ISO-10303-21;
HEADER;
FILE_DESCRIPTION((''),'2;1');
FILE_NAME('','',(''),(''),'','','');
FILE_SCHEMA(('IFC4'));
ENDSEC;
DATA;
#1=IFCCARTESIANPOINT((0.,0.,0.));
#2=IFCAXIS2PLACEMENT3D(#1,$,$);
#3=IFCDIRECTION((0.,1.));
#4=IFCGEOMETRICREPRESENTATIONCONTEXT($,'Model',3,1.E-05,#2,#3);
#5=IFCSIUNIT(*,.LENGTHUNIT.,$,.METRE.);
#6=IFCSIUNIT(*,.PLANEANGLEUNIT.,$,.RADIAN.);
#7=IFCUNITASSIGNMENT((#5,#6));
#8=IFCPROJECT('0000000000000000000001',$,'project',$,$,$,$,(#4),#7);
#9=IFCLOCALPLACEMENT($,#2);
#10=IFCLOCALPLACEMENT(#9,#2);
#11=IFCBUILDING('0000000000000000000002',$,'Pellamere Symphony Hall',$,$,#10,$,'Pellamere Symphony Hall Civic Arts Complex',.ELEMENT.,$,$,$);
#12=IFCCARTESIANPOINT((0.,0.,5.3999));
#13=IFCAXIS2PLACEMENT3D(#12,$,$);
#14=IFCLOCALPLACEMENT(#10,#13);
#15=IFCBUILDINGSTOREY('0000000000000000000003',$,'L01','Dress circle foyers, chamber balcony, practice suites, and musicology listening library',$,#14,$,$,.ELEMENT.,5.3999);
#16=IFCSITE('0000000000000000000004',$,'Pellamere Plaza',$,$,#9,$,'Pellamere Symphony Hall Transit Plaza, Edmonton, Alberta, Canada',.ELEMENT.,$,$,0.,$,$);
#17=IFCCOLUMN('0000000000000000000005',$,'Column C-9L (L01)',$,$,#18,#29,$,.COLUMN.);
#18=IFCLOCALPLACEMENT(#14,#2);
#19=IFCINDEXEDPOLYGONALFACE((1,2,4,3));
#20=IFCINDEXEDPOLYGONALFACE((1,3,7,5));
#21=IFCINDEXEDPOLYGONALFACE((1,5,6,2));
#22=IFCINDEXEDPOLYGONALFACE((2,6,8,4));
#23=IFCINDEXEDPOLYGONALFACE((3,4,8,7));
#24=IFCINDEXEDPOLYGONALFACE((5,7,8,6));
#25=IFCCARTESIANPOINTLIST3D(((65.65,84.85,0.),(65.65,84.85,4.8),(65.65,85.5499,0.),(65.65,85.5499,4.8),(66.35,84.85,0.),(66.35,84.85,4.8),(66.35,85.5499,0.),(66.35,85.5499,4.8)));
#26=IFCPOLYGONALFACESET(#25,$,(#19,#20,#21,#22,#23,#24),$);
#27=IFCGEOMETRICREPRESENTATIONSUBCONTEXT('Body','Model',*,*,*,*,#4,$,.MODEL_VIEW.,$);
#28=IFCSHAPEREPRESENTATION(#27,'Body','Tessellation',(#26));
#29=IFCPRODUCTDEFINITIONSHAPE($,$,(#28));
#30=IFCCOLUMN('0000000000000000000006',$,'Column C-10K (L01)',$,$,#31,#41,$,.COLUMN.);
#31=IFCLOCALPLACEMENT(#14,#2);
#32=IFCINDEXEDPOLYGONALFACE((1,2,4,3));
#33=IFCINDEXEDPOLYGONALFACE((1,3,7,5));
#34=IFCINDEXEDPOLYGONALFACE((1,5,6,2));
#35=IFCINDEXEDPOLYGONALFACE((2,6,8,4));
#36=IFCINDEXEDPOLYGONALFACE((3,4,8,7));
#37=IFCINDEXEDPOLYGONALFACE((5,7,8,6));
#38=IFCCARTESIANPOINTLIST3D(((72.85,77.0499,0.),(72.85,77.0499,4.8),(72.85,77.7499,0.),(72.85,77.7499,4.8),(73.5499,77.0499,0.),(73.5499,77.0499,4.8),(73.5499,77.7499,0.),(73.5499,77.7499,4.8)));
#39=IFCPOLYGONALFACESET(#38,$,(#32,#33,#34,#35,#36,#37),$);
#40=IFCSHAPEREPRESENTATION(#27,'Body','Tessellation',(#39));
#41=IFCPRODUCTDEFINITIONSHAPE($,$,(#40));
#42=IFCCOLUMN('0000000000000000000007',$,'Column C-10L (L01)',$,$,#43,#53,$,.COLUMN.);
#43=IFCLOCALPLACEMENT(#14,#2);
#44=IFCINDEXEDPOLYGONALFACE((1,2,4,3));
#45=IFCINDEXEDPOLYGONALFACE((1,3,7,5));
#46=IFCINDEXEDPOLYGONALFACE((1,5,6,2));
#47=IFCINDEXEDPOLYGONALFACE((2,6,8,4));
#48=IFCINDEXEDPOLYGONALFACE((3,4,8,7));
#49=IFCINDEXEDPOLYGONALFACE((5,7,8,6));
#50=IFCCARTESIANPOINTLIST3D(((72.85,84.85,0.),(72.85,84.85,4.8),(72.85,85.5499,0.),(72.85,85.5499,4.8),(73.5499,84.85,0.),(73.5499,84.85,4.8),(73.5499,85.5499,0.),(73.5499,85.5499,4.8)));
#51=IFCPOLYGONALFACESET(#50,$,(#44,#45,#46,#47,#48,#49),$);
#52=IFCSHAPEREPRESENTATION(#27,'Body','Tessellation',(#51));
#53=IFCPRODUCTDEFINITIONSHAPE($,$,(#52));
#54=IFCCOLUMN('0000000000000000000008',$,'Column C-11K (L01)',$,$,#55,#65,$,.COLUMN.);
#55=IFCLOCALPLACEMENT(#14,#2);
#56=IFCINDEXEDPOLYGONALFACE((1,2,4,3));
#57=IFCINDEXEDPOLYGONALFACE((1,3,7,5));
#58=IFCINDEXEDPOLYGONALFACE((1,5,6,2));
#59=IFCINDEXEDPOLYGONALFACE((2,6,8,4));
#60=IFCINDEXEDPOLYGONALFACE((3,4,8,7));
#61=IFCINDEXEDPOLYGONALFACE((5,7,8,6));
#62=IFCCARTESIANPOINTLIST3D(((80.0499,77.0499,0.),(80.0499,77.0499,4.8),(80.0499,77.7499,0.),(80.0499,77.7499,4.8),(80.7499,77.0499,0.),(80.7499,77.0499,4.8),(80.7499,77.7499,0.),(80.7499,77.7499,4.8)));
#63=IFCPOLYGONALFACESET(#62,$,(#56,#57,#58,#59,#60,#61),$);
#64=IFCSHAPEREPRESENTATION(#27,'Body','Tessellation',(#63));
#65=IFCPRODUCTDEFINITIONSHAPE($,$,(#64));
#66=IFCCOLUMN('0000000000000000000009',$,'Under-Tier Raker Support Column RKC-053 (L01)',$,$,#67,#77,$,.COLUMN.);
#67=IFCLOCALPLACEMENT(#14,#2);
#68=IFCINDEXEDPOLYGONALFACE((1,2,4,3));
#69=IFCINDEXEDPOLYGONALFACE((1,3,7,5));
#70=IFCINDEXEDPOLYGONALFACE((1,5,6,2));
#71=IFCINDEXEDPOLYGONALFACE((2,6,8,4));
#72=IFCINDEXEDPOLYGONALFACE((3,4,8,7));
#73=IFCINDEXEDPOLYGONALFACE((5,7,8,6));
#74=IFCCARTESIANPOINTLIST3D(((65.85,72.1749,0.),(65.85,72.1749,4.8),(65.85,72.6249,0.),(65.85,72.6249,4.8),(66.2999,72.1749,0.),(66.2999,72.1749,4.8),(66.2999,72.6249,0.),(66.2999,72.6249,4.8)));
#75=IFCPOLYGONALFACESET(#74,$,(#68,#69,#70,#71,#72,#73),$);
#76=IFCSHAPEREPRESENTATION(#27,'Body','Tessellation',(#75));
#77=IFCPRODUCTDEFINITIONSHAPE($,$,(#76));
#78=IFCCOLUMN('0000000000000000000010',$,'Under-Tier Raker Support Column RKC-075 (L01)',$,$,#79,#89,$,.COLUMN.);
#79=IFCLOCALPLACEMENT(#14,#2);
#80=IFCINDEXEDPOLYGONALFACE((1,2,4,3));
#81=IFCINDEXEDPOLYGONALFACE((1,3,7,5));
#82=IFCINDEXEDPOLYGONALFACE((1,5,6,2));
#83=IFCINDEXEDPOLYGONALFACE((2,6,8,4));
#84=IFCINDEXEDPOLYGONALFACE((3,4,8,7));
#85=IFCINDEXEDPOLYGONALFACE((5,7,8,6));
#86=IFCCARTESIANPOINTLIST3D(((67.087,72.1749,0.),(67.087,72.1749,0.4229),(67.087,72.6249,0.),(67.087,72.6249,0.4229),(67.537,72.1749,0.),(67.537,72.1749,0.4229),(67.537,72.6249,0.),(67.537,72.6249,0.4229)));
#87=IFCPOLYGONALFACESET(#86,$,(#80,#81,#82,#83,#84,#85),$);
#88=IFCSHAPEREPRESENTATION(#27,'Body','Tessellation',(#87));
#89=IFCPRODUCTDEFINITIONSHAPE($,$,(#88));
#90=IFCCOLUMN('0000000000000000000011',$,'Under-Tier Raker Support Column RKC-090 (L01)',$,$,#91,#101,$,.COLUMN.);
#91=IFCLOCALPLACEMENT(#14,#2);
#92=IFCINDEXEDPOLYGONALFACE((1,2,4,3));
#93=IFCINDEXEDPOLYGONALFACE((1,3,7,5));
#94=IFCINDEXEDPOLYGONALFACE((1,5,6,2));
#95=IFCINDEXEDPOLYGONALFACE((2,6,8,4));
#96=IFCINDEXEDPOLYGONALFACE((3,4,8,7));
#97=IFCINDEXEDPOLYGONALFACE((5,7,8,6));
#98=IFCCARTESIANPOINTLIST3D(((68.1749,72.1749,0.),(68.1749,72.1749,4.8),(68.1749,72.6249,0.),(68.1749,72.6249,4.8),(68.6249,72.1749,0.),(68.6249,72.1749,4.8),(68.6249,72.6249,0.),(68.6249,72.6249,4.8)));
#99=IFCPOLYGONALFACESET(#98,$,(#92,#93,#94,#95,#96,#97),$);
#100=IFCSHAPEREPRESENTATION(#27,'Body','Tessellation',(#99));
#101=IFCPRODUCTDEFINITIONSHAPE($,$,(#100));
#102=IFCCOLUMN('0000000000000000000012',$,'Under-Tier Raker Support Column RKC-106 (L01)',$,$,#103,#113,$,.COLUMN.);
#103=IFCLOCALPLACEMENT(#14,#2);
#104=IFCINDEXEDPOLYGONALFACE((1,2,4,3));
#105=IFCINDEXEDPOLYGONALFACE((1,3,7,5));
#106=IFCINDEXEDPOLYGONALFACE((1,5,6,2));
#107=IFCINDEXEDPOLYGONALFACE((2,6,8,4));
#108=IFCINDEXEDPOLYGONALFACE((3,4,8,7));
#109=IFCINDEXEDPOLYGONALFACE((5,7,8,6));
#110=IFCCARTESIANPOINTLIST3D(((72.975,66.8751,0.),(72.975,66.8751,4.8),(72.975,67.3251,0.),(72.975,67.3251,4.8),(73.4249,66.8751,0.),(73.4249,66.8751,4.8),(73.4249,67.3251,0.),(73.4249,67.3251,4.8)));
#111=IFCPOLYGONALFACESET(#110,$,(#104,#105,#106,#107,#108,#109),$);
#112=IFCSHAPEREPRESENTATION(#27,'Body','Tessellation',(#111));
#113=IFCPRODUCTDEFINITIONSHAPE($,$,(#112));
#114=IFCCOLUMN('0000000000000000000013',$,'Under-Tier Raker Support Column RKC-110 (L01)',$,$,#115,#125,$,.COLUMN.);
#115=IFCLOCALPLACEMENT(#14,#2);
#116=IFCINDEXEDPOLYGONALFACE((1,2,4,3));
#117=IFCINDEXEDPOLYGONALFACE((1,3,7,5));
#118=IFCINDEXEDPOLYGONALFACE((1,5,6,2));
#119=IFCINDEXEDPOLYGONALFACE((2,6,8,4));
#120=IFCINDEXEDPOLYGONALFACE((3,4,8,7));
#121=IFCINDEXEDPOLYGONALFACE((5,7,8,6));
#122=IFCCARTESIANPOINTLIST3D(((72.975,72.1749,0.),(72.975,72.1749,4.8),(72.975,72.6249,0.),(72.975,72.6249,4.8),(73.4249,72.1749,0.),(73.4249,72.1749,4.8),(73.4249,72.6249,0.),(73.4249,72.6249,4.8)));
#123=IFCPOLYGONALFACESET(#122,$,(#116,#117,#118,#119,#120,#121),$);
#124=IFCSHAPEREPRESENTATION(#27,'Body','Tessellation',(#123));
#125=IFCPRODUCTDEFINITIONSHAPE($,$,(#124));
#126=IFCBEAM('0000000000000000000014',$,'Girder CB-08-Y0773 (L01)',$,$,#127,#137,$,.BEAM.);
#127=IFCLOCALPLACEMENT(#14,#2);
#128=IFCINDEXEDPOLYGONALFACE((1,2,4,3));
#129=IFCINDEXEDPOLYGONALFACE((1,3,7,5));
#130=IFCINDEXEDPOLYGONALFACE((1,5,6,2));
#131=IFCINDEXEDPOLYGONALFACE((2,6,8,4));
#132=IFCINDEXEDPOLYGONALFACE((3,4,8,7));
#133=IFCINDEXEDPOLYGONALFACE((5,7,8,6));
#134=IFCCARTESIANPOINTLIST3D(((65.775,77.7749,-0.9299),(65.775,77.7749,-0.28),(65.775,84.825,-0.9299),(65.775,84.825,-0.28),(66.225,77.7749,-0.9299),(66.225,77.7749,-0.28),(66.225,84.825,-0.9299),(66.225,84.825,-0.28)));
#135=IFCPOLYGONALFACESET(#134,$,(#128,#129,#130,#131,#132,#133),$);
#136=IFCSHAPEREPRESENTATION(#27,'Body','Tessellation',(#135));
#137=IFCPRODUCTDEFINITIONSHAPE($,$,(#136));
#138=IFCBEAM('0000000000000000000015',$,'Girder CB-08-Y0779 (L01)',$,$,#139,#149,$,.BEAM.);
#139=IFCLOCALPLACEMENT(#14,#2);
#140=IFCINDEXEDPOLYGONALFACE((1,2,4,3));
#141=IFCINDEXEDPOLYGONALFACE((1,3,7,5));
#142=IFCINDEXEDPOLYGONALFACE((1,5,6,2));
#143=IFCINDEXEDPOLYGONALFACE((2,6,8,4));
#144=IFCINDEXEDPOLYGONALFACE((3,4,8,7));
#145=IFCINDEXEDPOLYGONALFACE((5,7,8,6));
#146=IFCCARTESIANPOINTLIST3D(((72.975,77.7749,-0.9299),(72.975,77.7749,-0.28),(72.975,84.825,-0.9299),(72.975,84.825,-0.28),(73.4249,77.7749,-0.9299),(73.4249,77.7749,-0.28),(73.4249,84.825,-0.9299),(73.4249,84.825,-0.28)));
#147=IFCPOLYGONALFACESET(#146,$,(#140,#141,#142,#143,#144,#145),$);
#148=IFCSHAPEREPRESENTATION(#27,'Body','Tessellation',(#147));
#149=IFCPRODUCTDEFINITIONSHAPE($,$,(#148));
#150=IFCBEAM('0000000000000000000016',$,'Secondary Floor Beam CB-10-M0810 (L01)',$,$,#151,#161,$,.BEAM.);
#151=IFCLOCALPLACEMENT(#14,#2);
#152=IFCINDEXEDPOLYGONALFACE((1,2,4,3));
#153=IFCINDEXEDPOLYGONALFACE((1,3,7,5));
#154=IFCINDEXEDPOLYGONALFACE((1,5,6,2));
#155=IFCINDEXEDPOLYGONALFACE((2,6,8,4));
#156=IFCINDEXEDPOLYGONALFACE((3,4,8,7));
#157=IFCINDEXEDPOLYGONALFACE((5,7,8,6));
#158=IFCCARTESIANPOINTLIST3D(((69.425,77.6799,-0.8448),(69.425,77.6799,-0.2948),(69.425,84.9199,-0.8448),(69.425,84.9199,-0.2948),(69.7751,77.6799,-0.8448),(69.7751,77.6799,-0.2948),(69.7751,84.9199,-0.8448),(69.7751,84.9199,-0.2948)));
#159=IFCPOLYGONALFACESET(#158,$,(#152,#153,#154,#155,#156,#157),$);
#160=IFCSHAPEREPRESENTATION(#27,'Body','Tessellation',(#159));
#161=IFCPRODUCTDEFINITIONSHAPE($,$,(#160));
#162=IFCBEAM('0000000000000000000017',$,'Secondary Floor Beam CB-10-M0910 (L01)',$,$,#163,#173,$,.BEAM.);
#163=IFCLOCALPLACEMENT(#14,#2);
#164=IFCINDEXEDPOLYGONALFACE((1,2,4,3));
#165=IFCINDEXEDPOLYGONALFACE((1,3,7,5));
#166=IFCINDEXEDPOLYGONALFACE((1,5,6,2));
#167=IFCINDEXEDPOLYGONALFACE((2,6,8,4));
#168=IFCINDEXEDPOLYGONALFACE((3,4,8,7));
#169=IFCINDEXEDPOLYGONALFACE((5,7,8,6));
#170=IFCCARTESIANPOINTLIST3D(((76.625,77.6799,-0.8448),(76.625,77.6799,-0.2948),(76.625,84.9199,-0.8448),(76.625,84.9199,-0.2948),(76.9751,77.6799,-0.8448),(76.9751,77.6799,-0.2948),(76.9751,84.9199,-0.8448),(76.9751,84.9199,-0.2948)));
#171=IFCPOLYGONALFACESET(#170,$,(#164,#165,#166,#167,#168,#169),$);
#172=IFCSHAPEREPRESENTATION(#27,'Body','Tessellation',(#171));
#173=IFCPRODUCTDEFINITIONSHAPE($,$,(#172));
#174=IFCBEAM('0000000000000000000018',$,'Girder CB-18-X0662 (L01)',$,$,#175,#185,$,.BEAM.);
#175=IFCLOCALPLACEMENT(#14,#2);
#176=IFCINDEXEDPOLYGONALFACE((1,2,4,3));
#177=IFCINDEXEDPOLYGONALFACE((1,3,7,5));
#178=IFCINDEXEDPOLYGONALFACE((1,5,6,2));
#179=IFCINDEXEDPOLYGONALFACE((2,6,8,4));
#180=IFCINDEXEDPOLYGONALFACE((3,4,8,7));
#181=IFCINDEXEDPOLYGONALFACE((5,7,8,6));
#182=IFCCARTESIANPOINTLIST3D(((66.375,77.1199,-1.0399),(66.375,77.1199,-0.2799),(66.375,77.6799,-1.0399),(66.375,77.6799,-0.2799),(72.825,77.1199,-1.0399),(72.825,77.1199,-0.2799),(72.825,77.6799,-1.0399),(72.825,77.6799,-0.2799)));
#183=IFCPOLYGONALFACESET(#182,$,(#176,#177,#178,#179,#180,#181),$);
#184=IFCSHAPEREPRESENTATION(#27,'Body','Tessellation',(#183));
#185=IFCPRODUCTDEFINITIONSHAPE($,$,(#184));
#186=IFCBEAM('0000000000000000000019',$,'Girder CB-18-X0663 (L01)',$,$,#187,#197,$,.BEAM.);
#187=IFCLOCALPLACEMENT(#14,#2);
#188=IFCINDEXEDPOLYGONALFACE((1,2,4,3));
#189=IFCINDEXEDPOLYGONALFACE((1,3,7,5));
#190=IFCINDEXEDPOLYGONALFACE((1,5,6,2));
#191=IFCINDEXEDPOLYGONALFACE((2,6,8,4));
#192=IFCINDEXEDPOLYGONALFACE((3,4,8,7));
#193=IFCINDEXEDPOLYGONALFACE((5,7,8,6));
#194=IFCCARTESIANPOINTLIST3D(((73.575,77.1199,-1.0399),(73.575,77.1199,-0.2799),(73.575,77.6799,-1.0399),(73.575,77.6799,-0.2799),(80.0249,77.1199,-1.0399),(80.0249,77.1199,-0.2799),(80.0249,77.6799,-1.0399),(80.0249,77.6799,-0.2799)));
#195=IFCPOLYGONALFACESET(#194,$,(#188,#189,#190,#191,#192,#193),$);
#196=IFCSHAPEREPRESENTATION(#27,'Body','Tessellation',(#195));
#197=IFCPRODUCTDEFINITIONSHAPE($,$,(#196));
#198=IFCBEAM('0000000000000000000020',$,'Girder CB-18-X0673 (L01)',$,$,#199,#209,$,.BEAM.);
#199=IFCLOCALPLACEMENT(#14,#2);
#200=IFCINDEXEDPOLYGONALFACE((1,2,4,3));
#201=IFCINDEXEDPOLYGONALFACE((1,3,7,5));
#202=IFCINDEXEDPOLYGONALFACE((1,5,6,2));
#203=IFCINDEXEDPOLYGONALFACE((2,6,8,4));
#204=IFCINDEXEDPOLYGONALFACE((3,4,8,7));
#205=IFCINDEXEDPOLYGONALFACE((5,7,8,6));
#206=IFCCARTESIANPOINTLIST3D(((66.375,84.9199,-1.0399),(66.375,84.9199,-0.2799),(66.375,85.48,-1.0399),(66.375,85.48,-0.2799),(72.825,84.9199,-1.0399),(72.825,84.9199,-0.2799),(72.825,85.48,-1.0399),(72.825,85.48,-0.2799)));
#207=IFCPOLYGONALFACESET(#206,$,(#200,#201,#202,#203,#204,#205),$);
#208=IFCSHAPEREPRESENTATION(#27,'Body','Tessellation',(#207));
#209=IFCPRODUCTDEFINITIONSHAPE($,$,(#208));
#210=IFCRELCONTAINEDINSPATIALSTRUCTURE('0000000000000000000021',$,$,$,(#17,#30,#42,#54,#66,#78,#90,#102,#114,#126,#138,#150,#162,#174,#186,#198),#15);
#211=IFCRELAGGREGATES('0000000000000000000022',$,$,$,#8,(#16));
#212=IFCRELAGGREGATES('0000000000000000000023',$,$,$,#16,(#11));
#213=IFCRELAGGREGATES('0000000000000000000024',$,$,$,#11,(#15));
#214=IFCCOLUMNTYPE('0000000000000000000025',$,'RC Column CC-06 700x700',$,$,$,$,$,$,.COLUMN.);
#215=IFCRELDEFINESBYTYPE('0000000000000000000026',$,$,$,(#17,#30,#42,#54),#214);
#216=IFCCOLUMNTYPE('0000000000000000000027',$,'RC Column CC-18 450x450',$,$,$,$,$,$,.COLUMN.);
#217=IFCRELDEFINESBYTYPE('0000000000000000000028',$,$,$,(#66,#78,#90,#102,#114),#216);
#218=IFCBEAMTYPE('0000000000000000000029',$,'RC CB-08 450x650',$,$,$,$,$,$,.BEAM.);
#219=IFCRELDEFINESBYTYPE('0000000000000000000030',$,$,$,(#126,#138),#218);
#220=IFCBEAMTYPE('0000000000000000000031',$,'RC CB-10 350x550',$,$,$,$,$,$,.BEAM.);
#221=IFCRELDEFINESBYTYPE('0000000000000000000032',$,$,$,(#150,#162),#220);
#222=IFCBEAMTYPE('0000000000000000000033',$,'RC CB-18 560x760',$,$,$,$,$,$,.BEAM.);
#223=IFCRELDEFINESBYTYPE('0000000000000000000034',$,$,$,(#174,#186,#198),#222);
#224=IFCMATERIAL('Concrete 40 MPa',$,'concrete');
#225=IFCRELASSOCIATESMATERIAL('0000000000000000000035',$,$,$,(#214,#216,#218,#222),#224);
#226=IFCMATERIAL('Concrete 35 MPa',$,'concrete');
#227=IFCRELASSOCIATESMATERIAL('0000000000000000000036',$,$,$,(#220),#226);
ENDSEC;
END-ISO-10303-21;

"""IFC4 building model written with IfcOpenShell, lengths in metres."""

from ifc_helpers import new_model, si_unit, direction, frame, origin, origin_2d, place, context, subcontext, project, spatial, rectangle, extrude, material, material_profile, profile_set, type_object, element, save


model = new_model("IFC4")

# Units and contexts
model_context = context("Model", 3, precision=1e-05, world=origin(), true_north=direction((0.0, 1.0)))
body_context = subcontext(model_context, "Body", "Model", "MODEL_VIEW")
ifc_project = project(units=[si_unit("LENGTHUNIT", "METRE"), si_unit("PLANEANGLEUNIT", "RADIAN")], contexts=[model_context])

# Site, building, storey
site_placement = place(None, origin())
site = spatial("IfcSite", under=ifc_project, at=site_placement, Name="Pellamere Plaza", LongName="Pellamere Symphony Hall Transit Plaza, Edmonton, Alberta, Canada", CompositionType="ELEMENT", RefElevation=0.0)
building_placement = place(site_placement, origin())
building = spatial("IfcBuilding", under=site, at=building_placement, Name="Pellamere Symphony Hall", LongName="Pellamere Symphony Hall Civic Arts Complex", CompositionType="ELEMENT")
storey_placement = place(building_placement, frame((0.0, 0.0, 5.3999)))
storey = spatial("IfcBuildingStorey", under=building, at=storey_placement, Name="L01", Description="Dress circle foyers, chamber balcony, practice suites, and musicology listening library", CompositionType="ELEMENT", Elevation=5.3999)

# Columns
ifc_material_1 = material(Name="Concrete 40 MPa", Category="concrete")
ifc_material_profile_1 = material_profile(ifc_material_1, rectangle(XDim=0.7, YDim=0.7, at=origin_2d()), Name="RC 700x700")
ifc_profile_set_1 = profile_set([ifc_material_profile_1], Name="Concrete 40 MPa")
column_type_1 = type_object("IfcColumnType", Name="RC Column CC-06 700x700", PredefinedType="COLUMN", material=ifc_profile_set_1)
for number, where, z_axis, x_axis, name in (
    (1, (66.0, 85.2, 0.0), (0.0, 0.0, 1.0), (1.0, 0.0, 0.0), "Column C-9L (L01)"),
    (2, (73.2, 77.3999, 0.0), (0.0, 0.0, 1.0), (1.0, 0.0, 0.0), "Column C-10K (L01)"),
    (3, (73.2, 85.2, 0.0), (0.0, 0.0, 1.0), (1.0, 0.0, 0.0), "Column C-10L (L01)"),
    (4, (80.3999, 77.3999, 0.0), (0.0, 0.0, 1.0), (1.0, 0.0, 0.0), "Column C-11K (L01)"),
):
    element("IfcColumn", number, at=place(storey_placement, frame(where, z_axis=z_axis, x_axis=x_axis)), inside=storey, type_object=column_type_1, Name=name, PredefinedType="COLUMN", context=body_context, shape_type="SweptSolid", body=[
        extrude(rectangle(XDim=0.7, YDim=0.7, at=origin_2d()), origin(), (0.0, 0.0, 1.0), 4.8),
    ])
ifc_material_profile_2 = material_profile(ifc_material_1, rectangle(XDim=0.45, YDim=0.45, at=origin_2d()), Name="RC 450x450")
ifc_profile_set_2 = profile_set([ifc_material_profile_2], Name="Concrete 40 MPa")
column_type_2 = type_object("IfcColumnType", Name="RC Column CC-18 450x450", PredefinedType="COLUMN", material=ifc_profile_set_2)
column_1_placement = place(storey_placement, frame((66.075, 72.3999, 0.0), z_axis=(0.0, 0.0, 1.0), x_axis=(1.0, 0.0, 0.0)))
element("IfcColumn", 5, at=column_1_placement, inside=storey, type_object=column_type_2, Name="Under-Tier Raker Support Column RKC-053 (L01)", PredefinedType="COLUMN", context=body_context, shape_type="SweptSolid", body=[
    extrude(rectangle(XDim=0.45, YDim=0.45, at=origin_2d()), origin(), (0.0, 0.0, 1.0), 4.8),
])
column_2_placement = place(storey_placement, frame((67.312, 72.3999, 0.0), z_axis=(0.0, 0.0, 1.0), x_axis=(1.0, 0.0, 0.0)))
element("IfcColumn", 6, at=column_2_placement, inside=storey, type_object=column_type_2, Name="Under-Tier Raker Support Column RKC-075 (L01)", PredefinedType="COLUMN", context=body_context, shape_type="SweptSolid", body=[
    extrude(rectangle(XDim=0.45, YDim=0.45, at=origin_2d()), origin(), (0.0, 0.0, 1.0), 0.4229),
])
for number, where, z_axis, x_axis, name in (
    (7, (68.3999, 72.3999, 0.0), (0.0, 0.0, 1.0), (1.0, 0.0, 0.0), "Under-Tier Raker Support Column RKC-090 (L01)"),
    (8, (73.2, 67.1001, 0.0), (0.0, 0.0, 1.0), (1.0, 0.0, 0.0), "Under-Tier Raker Support Column RKC-106 (L01)"),
    (9, (73.2, 72.3999, 0.0), (0.0, 0.0, 1.0), (1.0, 0.0, 0.0), "Under-Tier Raker Support Column RKC-110 (L01)"),
):
    element("IfcColumn", number, at=place(storey_placement, frame(where, z_axis=z_axis, x_axis=x_axis)), inside=storey, type_object=column_type_2, Name=name, PredefinedType="COLUMN", context=body_context, shape_type="SweptSolid", body=[
        extrude(rectangle(XDim=0.45, YDim=0.45, at=origin_2d()), origin(), (0.0, 0.0, 1.0), 4.8),
    ])

# Beams
ifc_material_profile_3 = material_profile(ifc_material_1, rectangle(XDim=0.45, YDim=0.6499, at=origin_2d()), Name="RC 450x650")
ifc_profile_set_3 = profile_set([ifc_material_profile_3], Name="Concrete 40 MPa")
beam_type_1 = type_object("IfcBeamType", Name="RC CB-08 450x650", PredefinedType="BEAM", material=ifc_profile_set_3)
for number, where, z_axis, x_axis, name in (
    (10, (66.0, 77.7749, -0.605), (0.0, 1.0, 0.0), (-1.0, 0.0, 0.0), "Girder CB-08-Y0773 (L01)"),
    (11, (73.2, 77.7749, -0.605), (0.0, 1.0, 0.0), (-1.0, 0.0, 0.0), "Girder CB-08-Y0779 (L01)"),
):
    element("IfcBeam", number, at=place(storey_placement, frame(where, z_axis=z_axis, x_axis=x_axis)), inside=storey, type_object=beam_type_1, Name=name, PredefinedType="BEAM", context=body_context, shape_type="SweptSolid", body=[
        extrude(rectangle(XDim=0.45, YDim=0.6499, at=origin_2d()), origin(), (0.0, 0.0, 1.0), 7.05),
    ])
ifc_material_2 = material(Name="Concrete 35 MPa", Category="concrete")
ifc_material_profile_4 = material_profile(ifc_material_2, rectangle(XDim=0.3501, YDim=0.55, at=origin_2d()), Name="RC 350x550")
ifc_profile_set_4 = profile_set([ifc_material_profile_4], Name="Concrete 35 MPa")
beam_type_2 = type_object("IfcBeamType", Name="RC CB-10 350x550", PredefinedType="BEAM", material=ifc_profile_set_4)
for number, where, z_axis, x_axis, name in (
    (12, (69.6001, 77.6799, -0.5698), (0.0, 1.0, 0.0), (-1.0, 0.0, 0.0), "Secondary Floor Beam CB-10-M0810 (L01)"),
    (13, (76.8, 77.6799, -0.5698), (0.0, 1.0, 0.0), (-1.0, 0.0, 0.0), "Secondary Floor Beam CB-10-M0910 (L01)"),
):
    element("IfcBeam", number, at=place(storey_placement, frame(where, z_axis=z_axis, x_axis=x_axis)), inside=storey, type_object=beam_type_2, Name=name, PredefinedType="BEAM", context=body_context, shape_type="SweptSolid", body=[
        extrude(rectangle(XDim=0.3501, YDim=0.55, at=origin_2d()), origin(), (0.0, 0.0, 1.0), 7.24),
    ])
ifc_material_profile_5 = material_profile(ifc_material_1, rectangle(XDim=0.5601, YDim=0.76, at=origin_2d()), Name="RC 560x760")
ifc_profile_set_5 = profile_set([ifc_material_profile_5], Name="Concrete 40 MPa")
beam_type_3 = type_object("IfcBeamType", Name="RC CB-18 560x760", PredefinedType="BEAM", material=ifc_profile_set_5)
for number, where, z_axis, x_axis, name in (
    (14, (66.375, 77.3999, -0.6599), (1.0, 0.0, 0.0), (0.0, 1.0, 0.0), "Girder CB-18-X0662 (L01)"),
    (15, (73.575, 77.3999, -0.6599), (1.0, 0.0, 0.0), (0.0, 1.0, 0.0), "Girder CB-18-X0663 (L01)"),
    (16, (66.375, 85.2, -0.6599), (1.0, 0.0, 0.0), (0.0, 1.0, 0.0), "Girder CB-18-X0673 (L01)"),
):
    element("IfcBeam", number, at=place(storey_placement, frame(where, z_axis=z_axis, x_axis=x_axis)), inside=storey, type_object=beam_type_3, Name=name, PredefinedType="BEAM", context=body_context, shape_type="SweptSolid", body=[
        extrude(rectangle(XDim=0.5601, YDim=0.76, at=origin_2d()), origin(), (0.0, 0.0, 1.0), 6.45),
    ])

save(model, "model.ifc")
